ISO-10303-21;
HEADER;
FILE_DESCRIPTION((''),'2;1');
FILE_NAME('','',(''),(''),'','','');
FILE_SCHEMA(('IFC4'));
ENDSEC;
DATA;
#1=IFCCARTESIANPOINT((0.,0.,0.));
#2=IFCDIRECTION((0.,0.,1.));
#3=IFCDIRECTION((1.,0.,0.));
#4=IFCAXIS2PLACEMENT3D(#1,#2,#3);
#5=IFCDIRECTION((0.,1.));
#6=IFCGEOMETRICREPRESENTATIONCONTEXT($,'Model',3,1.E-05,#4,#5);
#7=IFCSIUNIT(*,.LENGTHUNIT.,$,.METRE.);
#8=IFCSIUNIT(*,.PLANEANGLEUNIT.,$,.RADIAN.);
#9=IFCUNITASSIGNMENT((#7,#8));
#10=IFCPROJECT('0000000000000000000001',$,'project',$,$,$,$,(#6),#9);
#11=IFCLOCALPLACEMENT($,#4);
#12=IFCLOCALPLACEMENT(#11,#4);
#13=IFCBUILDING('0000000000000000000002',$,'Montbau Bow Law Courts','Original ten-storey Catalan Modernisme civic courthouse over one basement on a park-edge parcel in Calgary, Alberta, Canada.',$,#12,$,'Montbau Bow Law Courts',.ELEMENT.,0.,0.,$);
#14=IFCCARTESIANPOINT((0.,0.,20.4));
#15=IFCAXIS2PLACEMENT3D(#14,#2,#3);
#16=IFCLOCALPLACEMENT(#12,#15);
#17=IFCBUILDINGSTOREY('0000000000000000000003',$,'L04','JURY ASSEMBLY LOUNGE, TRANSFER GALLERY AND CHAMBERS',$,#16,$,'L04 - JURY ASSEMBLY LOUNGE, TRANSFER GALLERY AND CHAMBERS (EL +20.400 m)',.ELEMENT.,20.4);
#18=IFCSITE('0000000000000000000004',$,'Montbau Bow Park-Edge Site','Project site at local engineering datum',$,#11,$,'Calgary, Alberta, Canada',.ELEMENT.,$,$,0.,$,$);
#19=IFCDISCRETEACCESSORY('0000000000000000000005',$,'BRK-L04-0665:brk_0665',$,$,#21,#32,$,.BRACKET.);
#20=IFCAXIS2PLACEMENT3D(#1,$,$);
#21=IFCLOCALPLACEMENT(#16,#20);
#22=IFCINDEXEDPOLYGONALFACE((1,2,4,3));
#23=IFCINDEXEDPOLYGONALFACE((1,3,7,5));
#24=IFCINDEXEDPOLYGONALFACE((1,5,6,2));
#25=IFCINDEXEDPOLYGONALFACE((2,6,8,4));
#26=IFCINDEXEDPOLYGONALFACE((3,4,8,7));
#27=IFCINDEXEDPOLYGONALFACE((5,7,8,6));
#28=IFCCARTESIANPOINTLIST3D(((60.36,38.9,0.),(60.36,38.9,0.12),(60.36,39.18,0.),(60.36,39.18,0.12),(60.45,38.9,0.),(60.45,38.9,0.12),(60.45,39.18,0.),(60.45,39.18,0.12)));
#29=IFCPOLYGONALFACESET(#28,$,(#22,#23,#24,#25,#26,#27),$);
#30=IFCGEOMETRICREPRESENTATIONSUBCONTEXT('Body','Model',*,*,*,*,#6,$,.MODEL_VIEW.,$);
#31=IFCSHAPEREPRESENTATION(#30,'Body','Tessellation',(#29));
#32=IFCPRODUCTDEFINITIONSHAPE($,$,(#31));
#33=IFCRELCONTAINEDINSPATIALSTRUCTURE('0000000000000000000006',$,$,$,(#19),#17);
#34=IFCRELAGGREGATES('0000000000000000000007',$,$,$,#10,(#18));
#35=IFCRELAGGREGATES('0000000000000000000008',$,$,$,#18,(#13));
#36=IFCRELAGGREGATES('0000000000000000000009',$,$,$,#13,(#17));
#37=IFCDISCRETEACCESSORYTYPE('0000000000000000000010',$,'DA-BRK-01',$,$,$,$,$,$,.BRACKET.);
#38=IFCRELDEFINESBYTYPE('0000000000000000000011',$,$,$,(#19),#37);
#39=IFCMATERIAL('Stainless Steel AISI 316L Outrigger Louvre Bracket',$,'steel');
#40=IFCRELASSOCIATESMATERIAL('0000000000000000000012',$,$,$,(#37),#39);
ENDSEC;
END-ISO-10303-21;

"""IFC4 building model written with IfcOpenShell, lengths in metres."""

from ifc_helpers import new_model, si_unit, direction, frame, origin_with_axes, origin_2d_with_axis, place, context, subcontext, project, spatial, rectangle, extrude, material, type_object, element, save


model = new_model("IFC4")

# Units and contexts
model_context = context("Model", 3, precision=1e-05, world=origin_with_axes(), true_north=direction((0.0, 1.0)))
body_context = subcontext(model_context, "Body", "Model", "MODEL_VIEW")
ifc_project = project(units=[si_unit("LENGTHUNIT", "METRE"), si_unit("PLANEANGLEUNIT", "RADIAN")], contexts=[model_context])

# Site, building, storey
site_placement = place(None, origin_with_axes())
site = spatial("IfcSite", under=ifc_project, at=site_placement, Name="Montbau Bow Park-Edge Site", Description="Project site at local engineering datum", LongName="Calgary, Alberta, Canada", CompositionType="ELEMENT", RefElevation=0.0)
building_placement = place(site_placement, origin_with_axes())
building = spatial("IfcBuilding", under=site, at=building_placement, Name="Montbau Bow Law Courts", Description="Original ten-storey Catalan Modernisme civic courthouse over one basement on a park-edge parcel in Calgary, Alberta, Canada.", LongName="Montbau Bow Law Courts", CompositionType="ELEMENT", ElevationOfRefHeight=0.0, ElevationOfTerrain=0.0)
storey_placement = place(building_placement, frame((0.0, 0.0, 20.4), z_axis=(0.0, 0.0, 1.0), x_axis=(1.0, 0.0, 0.0)))
storey = spatial("IfcBuildingStorey", under=building, at=storey_placement, Name="L04", Description="JURY ASSEMBLY LOUNGE, TRANSFER GALLERY AND CHAMBERS", LongName="L04 - JURY ASSEMBLY LOUNGE, TRANSFER GALLERY AND CHAMBERS (EL +20.400 m)", CompositionType="ELEMENT", Elevation=20.4)

# Discrete accessory
ifc_material_1 = material(Name="Stainless Steel AISI 316L Outrigger Louvre Bracket", Category="steel")
discrete_accessory_type = type_object("IfcDiscreteAccessoryType", Name="DA-BRK-01", PredefinedType="BRACKET", material=ifc_material_1)
discrete_accessory_placement = place(None, frame((60.405, 39.04, 20.4), z_axis=(0.0, 0.0, 1.0), x_axis=(0.0, -1.0, 0.0)))
element("IfcDiscreteAccessory", 1, at=discrete_accessory_placement, inside=storey, type_object=discrete_accessory_type, Name="BRK-L04-0665:brk_0665", PredefinedType="BRACKET", context=body_context, shape_type="SweptSolid", body=[
    extrude(rectangle(XDim=0.28, YDim=0.09, at=origin_2d_with_axis()), origin_with_axes(), (0.0, 0.0, 1.0), 0.12),
])

save(model, "model.ifc")
